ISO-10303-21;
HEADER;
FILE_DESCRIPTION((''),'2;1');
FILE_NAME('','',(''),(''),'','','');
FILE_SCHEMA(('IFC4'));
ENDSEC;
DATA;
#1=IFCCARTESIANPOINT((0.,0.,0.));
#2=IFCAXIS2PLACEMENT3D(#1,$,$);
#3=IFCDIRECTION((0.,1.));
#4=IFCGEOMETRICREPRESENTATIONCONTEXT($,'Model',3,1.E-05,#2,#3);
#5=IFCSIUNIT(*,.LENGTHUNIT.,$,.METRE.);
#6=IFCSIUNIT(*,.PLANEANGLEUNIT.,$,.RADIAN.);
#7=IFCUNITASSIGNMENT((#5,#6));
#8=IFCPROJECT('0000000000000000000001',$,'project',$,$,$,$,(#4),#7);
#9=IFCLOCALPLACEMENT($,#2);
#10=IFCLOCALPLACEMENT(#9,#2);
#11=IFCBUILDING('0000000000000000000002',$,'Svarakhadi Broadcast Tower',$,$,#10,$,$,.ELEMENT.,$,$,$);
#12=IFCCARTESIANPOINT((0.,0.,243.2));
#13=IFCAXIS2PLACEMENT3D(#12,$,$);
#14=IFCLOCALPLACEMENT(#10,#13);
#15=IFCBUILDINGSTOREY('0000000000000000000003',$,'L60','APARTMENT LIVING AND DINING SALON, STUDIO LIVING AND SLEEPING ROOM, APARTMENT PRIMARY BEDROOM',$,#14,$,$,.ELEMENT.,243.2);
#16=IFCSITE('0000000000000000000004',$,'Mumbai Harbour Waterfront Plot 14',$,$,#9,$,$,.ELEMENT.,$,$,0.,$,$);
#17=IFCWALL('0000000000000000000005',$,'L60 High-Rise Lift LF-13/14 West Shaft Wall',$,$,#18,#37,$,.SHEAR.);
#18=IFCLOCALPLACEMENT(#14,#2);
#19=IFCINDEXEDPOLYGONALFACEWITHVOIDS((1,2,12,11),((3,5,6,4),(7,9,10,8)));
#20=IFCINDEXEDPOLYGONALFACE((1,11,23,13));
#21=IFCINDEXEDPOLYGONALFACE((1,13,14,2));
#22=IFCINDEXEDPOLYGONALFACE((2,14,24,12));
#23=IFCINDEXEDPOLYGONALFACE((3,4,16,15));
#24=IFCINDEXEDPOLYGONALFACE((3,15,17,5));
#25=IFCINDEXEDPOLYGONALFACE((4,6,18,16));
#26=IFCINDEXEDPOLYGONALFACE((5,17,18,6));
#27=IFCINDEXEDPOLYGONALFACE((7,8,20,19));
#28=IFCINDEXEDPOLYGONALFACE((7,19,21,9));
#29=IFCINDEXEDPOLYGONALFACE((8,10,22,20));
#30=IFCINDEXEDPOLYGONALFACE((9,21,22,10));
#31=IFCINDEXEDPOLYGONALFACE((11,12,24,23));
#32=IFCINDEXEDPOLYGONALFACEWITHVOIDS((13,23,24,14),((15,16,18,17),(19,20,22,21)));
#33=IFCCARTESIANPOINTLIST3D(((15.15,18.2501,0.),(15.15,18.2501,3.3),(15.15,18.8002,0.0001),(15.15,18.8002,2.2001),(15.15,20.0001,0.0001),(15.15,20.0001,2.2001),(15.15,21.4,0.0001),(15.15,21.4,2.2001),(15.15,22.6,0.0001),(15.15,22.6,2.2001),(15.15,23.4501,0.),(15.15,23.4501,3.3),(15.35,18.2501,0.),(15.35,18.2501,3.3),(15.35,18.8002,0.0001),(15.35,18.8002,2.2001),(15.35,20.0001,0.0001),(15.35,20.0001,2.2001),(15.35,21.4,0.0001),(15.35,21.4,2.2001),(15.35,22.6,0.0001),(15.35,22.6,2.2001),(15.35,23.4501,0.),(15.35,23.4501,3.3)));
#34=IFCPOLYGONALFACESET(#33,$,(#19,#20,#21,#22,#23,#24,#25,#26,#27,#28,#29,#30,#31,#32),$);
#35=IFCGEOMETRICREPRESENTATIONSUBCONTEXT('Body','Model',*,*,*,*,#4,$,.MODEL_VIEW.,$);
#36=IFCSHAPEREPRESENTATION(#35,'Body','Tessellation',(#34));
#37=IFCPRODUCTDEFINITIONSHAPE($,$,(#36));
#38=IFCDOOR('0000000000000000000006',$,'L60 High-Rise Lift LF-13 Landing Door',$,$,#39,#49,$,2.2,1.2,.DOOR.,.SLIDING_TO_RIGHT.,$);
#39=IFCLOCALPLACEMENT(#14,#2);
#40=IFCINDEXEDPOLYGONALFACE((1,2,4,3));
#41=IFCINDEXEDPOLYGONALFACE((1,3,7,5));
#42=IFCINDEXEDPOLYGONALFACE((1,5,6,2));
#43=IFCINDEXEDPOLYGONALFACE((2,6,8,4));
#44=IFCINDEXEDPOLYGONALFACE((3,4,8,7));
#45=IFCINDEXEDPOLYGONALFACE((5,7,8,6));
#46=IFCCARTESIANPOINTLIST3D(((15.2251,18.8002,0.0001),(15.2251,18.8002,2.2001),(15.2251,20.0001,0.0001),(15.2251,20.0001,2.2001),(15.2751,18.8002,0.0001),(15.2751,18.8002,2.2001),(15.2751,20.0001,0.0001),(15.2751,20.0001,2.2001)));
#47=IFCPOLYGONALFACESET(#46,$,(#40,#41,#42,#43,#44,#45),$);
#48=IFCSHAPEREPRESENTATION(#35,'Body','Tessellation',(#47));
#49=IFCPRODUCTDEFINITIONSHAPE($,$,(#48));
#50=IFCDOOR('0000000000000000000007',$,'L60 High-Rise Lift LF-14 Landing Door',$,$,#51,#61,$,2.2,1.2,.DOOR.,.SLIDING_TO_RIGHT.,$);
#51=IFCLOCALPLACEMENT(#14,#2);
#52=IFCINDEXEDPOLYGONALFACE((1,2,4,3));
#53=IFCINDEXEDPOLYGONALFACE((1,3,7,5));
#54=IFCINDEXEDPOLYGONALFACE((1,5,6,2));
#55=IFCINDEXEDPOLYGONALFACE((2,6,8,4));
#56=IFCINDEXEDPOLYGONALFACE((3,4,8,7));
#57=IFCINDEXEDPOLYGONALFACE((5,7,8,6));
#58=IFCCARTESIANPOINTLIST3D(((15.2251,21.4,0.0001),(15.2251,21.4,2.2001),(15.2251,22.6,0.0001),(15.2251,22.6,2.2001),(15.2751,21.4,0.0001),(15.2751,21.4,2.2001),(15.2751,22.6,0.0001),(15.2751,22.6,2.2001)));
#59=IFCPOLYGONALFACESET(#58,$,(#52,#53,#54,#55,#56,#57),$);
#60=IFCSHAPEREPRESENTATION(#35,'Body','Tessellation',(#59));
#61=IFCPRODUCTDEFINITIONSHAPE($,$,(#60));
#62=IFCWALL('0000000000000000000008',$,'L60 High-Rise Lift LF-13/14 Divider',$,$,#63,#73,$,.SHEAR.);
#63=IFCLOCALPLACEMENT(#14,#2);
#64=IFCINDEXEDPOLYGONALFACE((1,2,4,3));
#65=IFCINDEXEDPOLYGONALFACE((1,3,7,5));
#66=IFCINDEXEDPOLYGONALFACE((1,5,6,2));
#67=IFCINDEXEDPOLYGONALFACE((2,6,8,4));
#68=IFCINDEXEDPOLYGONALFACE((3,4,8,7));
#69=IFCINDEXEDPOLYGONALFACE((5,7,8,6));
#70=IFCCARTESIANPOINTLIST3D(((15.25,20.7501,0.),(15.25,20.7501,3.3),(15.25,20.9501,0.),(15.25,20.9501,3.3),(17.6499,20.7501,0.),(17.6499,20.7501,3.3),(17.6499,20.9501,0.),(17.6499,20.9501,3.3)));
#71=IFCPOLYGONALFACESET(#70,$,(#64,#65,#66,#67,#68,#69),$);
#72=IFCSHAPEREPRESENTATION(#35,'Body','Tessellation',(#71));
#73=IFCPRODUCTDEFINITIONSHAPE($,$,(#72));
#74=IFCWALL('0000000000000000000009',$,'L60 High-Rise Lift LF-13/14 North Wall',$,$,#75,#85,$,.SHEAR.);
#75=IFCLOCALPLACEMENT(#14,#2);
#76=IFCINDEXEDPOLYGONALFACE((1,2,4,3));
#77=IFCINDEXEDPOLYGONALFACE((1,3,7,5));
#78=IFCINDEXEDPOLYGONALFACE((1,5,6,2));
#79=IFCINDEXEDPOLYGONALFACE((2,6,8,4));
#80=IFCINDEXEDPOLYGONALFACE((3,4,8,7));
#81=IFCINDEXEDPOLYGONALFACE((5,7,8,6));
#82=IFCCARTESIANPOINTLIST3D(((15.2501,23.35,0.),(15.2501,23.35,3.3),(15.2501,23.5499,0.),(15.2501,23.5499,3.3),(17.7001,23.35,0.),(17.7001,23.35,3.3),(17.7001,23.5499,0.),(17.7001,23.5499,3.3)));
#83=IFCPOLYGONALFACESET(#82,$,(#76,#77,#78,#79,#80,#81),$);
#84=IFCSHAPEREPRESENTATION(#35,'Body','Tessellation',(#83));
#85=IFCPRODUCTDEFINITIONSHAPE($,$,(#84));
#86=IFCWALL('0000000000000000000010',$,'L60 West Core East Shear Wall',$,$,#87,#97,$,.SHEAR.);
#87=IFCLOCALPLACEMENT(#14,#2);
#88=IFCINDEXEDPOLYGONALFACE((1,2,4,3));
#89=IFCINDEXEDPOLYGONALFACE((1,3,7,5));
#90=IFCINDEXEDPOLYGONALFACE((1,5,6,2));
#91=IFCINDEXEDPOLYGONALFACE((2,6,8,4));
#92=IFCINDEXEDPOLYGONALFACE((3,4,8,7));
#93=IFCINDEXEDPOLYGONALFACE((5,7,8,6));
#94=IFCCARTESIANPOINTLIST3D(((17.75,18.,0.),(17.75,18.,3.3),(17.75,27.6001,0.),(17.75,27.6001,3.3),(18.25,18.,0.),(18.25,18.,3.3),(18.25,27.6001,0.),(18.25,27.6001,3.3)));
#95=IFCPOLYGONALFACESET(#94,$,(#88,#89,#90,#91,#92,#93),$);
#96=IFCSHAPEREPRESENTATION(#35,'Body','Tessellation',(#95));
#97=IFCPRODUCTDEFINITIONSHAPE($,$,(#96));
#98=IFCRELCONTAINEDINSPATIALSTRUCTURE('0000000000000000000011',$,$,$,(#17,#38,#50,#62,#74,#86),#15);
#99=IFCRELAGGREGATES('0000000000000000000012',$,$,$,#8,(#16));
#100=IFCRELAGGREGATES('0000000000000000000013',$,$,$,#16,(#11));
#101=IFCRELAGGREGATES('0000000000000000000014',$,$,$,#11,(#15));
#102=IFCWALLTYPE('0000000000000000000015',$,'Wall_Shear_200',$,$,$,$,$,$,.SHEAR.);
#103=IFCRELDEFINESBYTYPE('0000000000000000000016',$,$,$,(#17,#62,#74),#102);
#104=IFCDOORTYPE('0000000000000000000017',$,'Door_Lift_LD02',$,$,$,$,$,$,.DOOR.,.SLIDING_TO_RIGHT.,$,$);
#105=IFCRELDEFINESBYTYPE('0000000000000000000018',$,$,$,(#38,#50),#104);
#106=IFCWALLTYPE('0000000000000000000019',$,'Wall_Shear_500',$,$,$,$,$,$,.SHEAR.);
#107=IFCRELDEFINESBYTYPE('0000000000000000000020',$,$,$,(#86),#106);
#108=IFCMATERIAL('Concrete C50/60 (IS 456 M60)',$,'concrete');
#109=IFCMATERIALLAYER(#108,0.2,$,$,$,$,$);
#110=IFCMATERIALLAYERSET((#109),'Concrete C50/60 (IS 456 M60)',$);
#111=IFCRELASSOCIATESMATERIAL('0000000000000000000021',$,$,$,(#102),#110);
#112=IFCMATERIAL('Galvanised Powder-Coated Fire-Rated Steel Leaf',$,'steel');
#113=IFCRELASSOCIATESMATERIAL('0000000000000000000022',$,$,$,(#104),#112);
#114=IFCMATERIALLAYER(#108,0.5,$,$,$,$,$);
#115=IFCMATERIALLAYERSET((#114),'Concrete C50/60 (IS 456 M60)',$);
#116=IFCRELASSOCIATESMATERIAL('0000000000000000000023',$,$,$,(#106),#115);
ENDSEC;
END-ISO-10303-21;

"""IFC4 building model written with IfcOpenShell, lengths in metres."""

from ifc_helpers import new_model, si_unit, direction, frame, frame_2d, origin, place, context, subcontext, project, spatial, rectangle, extrude, material, layer, layer_set, type_object, element, fill, save


model = new_model("IFC4")

# Units and contexts
model_context = context("Model", 3, precision=1e-05, world=origin(), true_north=direction((0.0, 1.0)))
body_context = subcontext(model_context, "Body", "Model", "MODEL_VIEW")
ifc_project = project(units=[si_unit("LENGTHUNIT", "METRE"), si_unit("PLANEANGLEUNIT", "RADIAN")], contexts=[model_context])

# Site, building, storey
site_placement = place(None, origin())
site = spatial("IfcSite", under=ifc_project, at=site_placement, Name="Mumbai Harbour Waterfront Plot 14", CompositionType="ELEMENT", RefElevation=0.0)
building_placement = place(site_placement, origin())
building = spatial("IfcBuilding", under=site, at=building_placement, Name="Svarakhadi Broadcast Tower", CompositionType="ELEMENT")
storey_placement = place(building_placement, frame((0.0, 0.0, 243.2)))
storey = spatial("IfcBuildingStorey", under=building, at=storey_placement, Name="L60", Description="APARTMENT LIVING AND DINING SALON, STUDIO LIVING AND SLEEPING ROOM, APARTMENT PRIMARY BEDROOM", CompositionType="ELEMENT", Elevation=243.2)

# Shared definitions
ifc_material_1 = material(Name="Concrete C50/60 (IS 456 M60)", Category="concrete")

# Shared definitions
ifc_layer_1 = layer(ifc_material_1, 0.2)
ifc_layer_set_1 = layer_set([ifc_layer_1], Name="Concrete C50/60 (IS 456 M60)")
wall_type_1 = type_object("IfcWallType", Name="Wall_Shear_200", PredefinedType="SHEAR", material=ifc_layer_set_1)

# Wall, openings, doors
wall_1_placement = place(storey_placement, frame((15.25, 18.25, 0.0), z_axis=(0.0, 0.0, 1.0), x_axis=(0.0, 1.0, 0.0)))
wall_1 = element("IfcWall", 1, at=wall_1_placement, inside=storey, type_object=wall_type_1, Name="L60 High-Rise Lift LF-13/14 West Shaft Wall", PredefinedType="SHEAR", context=body_context, shape_type="SweptSolid", body=[
    extrude(rectangle(XDim=5.2, YDim=0.2, at=frame_2d((2.6001, 0.0))), origin(), (0.0, 0.0, 1.0), 3.3),
])
opening_1_placement = place(wall_1_placement, frame((0.55, 0.0, 0.0)))
opening_1 = element("IfcOpeningElement", 2, at=opening_1_placement, cuts=wall_1, PredefinedType="OPENING", context=body_context, shape_type="SweptSolid", body=[
    extrude(rectangle(XDim=1.2, YDim=2.2, at=frame_2d((0.6001, 1.1001))), frame((0.0, 0.1099, 0.0), z_axis=(0.0, -1.0, 0.0), x_axis=(1.0, 0.0, 0.0)), (0.0, 0.0, 1.0), 0.22),
])
opening_2_placement = place(wall_1_placement, frame((3.1499, 0.0, 0.0)))
opening_2 = element("IfcOpeningElement", 3, at=opening_2_placement, cuts=wall_1, PredefinedType="OPENING", context=body_context, shape_type="SweptSolid", body=[
    extrude(rectangle(XDim=1.2, YDim=2.2, at=frame_2d((0.6001, 1.1001))), frame((0.0, 0.1099, 0.0), z_axis=(0.0, -1.0, 0.0), x_axis=(1.0, 0.0, 0.0)), (0.0, 0.0, 1.0), 0.22),
])
ifc_material_2 = material(Name="Galvanised Powder-Coated Fire-Rated Steel Leaf", Category="steel")
door_type_1 = type_object("IfcDoorType", Name="Door_Lift_LD02", OperationType="SLIDING_TO_RIGHT", PredefinedType="DOOR", material=ifc_material_2)
door_1_placement = place(opening_1_placement, origin())
door_1 = element("IfcDoor", 4, at=door_1_placement, inside=storey, type_object=door_type_1, Name="L60 High-Rise Lift LF-13 Landing Door", OperationType="SLIDING_TO_RIGHT", OverallHeight=2.2, OverallWidth=1.2, PredefinedType="DOOR", context=body_context, shape_type="SweptSolid", body=[
    extrude(rectangle(XDim=1.2, YDim=2.2, at=frame_2d((0.6001, 1.1001))), frame((0.0, 0.0249, 0.0), z_axis=(0.0, -1.0, 0.0), x_axis=(1.0, 0.0, 0.0)), (0.0, 0.0, 1.0), 0.05),
])
fill(opening_1, door_1)
door_2_placement = place(opening_2_placement, origin())
door_2 = element("IfcDoor", 5, at=door_2_placement, inside=storey, type_object=door_type_1, Name="L60 High-Rise Lift LF-14 Landing Door", OperationType="SLIDING_TO_RIGHT", OverallHeight=2.2, OverallWidth=1.2, PredefinedType="DOOR", context=body_context, shape_type="SweptSolid", body=[
    extrude(rectangle(XDim=1.2, YDim=2.2, at=frame_2d((0.6001, 1.1001))), frame((0.0, 0.0249, 0.0), z_axis=(0.0, -1.0, 0.0), x_axis=(1.0, 0.0, 0.0)), (0.0, 0.0, 1.0), 0.05),
])
fill(opening_2, door_2)

# Walls
wall_2_placement = place(storey_placement, frame((15.25, 20.8501, 0.0), z_axis=(0.0, 0.0, 1.0), x_axis=(1.0, 0.0, 0.0)))
element("IfcWall", 6, at=wall_2_placement, inside=storey, type_object=wall_type_1, Name="L60 High-Rise Lift LF-13/14 Divider", PredefinedType="SHEAR", context=body_context, shape_type="SweptSolid", body=[
    extrude(rectangle(XDim=2.3999, YDim=0.2, at=frame_2d((1.2, 0.0))), origin(), (0.0, 0.0, 1.0), 3.3),
])
wall_3_placement = place(storey_placement, frame((15.25, 23.45, 0.0), z_axis=(0.0, 0.0, 1.0), x_axis=(1.0, 0.0, 0.0)))
element("IfcWall", 7, at=wall_3_placement, inside=storey, type_object=wall_type_1, Name="L60 High-Rise Lift LF-13/14 North Wall", PredefinedType="SHEAR", context=body_context, shape_type="SweptSolid", body=[
    extrude(rectangle(XDim=2.45, YDim=0.2, at=frame_2d((1.2251, 0.0))), origin(), (0.0, 0.0, 1.0), 3.3),
])
ifc_layer_2 = layer(ifc_material_1, 0.5)
ifc_layer_set_2 = layer_set([ifc_layer_2], Name="Concrete C50/60 (IS 456 M60)")
wall_type_2 = type_object("IfcWallType", Name="Wall_Shear_500", PredefinedType="SHEAR", material=ifc_layer_set_2)
wall_4_placement = place(storey_placement, frame((18.0, 18.0, 0.0), z_axis=(0.0, 0.0, 1.0), x_axis=(0.0, 1.0, 0.0)))
element("IfcWall", 8, at=wall_4_placement, inside=storey, type_object=wall_type_2, Name="L60 West Core East Shear Wall", PredefinedType="SHEAR", context=body_context, shape_type="SweptSolid", body=[
    extrude(rectangle(XDim=9.6001, YDim=0.5, at=frame_2d((4.8, 0.0))), origin(), (0.0, 0.0, 1.0), 3.3),
])

save(model, "model.ifc")
